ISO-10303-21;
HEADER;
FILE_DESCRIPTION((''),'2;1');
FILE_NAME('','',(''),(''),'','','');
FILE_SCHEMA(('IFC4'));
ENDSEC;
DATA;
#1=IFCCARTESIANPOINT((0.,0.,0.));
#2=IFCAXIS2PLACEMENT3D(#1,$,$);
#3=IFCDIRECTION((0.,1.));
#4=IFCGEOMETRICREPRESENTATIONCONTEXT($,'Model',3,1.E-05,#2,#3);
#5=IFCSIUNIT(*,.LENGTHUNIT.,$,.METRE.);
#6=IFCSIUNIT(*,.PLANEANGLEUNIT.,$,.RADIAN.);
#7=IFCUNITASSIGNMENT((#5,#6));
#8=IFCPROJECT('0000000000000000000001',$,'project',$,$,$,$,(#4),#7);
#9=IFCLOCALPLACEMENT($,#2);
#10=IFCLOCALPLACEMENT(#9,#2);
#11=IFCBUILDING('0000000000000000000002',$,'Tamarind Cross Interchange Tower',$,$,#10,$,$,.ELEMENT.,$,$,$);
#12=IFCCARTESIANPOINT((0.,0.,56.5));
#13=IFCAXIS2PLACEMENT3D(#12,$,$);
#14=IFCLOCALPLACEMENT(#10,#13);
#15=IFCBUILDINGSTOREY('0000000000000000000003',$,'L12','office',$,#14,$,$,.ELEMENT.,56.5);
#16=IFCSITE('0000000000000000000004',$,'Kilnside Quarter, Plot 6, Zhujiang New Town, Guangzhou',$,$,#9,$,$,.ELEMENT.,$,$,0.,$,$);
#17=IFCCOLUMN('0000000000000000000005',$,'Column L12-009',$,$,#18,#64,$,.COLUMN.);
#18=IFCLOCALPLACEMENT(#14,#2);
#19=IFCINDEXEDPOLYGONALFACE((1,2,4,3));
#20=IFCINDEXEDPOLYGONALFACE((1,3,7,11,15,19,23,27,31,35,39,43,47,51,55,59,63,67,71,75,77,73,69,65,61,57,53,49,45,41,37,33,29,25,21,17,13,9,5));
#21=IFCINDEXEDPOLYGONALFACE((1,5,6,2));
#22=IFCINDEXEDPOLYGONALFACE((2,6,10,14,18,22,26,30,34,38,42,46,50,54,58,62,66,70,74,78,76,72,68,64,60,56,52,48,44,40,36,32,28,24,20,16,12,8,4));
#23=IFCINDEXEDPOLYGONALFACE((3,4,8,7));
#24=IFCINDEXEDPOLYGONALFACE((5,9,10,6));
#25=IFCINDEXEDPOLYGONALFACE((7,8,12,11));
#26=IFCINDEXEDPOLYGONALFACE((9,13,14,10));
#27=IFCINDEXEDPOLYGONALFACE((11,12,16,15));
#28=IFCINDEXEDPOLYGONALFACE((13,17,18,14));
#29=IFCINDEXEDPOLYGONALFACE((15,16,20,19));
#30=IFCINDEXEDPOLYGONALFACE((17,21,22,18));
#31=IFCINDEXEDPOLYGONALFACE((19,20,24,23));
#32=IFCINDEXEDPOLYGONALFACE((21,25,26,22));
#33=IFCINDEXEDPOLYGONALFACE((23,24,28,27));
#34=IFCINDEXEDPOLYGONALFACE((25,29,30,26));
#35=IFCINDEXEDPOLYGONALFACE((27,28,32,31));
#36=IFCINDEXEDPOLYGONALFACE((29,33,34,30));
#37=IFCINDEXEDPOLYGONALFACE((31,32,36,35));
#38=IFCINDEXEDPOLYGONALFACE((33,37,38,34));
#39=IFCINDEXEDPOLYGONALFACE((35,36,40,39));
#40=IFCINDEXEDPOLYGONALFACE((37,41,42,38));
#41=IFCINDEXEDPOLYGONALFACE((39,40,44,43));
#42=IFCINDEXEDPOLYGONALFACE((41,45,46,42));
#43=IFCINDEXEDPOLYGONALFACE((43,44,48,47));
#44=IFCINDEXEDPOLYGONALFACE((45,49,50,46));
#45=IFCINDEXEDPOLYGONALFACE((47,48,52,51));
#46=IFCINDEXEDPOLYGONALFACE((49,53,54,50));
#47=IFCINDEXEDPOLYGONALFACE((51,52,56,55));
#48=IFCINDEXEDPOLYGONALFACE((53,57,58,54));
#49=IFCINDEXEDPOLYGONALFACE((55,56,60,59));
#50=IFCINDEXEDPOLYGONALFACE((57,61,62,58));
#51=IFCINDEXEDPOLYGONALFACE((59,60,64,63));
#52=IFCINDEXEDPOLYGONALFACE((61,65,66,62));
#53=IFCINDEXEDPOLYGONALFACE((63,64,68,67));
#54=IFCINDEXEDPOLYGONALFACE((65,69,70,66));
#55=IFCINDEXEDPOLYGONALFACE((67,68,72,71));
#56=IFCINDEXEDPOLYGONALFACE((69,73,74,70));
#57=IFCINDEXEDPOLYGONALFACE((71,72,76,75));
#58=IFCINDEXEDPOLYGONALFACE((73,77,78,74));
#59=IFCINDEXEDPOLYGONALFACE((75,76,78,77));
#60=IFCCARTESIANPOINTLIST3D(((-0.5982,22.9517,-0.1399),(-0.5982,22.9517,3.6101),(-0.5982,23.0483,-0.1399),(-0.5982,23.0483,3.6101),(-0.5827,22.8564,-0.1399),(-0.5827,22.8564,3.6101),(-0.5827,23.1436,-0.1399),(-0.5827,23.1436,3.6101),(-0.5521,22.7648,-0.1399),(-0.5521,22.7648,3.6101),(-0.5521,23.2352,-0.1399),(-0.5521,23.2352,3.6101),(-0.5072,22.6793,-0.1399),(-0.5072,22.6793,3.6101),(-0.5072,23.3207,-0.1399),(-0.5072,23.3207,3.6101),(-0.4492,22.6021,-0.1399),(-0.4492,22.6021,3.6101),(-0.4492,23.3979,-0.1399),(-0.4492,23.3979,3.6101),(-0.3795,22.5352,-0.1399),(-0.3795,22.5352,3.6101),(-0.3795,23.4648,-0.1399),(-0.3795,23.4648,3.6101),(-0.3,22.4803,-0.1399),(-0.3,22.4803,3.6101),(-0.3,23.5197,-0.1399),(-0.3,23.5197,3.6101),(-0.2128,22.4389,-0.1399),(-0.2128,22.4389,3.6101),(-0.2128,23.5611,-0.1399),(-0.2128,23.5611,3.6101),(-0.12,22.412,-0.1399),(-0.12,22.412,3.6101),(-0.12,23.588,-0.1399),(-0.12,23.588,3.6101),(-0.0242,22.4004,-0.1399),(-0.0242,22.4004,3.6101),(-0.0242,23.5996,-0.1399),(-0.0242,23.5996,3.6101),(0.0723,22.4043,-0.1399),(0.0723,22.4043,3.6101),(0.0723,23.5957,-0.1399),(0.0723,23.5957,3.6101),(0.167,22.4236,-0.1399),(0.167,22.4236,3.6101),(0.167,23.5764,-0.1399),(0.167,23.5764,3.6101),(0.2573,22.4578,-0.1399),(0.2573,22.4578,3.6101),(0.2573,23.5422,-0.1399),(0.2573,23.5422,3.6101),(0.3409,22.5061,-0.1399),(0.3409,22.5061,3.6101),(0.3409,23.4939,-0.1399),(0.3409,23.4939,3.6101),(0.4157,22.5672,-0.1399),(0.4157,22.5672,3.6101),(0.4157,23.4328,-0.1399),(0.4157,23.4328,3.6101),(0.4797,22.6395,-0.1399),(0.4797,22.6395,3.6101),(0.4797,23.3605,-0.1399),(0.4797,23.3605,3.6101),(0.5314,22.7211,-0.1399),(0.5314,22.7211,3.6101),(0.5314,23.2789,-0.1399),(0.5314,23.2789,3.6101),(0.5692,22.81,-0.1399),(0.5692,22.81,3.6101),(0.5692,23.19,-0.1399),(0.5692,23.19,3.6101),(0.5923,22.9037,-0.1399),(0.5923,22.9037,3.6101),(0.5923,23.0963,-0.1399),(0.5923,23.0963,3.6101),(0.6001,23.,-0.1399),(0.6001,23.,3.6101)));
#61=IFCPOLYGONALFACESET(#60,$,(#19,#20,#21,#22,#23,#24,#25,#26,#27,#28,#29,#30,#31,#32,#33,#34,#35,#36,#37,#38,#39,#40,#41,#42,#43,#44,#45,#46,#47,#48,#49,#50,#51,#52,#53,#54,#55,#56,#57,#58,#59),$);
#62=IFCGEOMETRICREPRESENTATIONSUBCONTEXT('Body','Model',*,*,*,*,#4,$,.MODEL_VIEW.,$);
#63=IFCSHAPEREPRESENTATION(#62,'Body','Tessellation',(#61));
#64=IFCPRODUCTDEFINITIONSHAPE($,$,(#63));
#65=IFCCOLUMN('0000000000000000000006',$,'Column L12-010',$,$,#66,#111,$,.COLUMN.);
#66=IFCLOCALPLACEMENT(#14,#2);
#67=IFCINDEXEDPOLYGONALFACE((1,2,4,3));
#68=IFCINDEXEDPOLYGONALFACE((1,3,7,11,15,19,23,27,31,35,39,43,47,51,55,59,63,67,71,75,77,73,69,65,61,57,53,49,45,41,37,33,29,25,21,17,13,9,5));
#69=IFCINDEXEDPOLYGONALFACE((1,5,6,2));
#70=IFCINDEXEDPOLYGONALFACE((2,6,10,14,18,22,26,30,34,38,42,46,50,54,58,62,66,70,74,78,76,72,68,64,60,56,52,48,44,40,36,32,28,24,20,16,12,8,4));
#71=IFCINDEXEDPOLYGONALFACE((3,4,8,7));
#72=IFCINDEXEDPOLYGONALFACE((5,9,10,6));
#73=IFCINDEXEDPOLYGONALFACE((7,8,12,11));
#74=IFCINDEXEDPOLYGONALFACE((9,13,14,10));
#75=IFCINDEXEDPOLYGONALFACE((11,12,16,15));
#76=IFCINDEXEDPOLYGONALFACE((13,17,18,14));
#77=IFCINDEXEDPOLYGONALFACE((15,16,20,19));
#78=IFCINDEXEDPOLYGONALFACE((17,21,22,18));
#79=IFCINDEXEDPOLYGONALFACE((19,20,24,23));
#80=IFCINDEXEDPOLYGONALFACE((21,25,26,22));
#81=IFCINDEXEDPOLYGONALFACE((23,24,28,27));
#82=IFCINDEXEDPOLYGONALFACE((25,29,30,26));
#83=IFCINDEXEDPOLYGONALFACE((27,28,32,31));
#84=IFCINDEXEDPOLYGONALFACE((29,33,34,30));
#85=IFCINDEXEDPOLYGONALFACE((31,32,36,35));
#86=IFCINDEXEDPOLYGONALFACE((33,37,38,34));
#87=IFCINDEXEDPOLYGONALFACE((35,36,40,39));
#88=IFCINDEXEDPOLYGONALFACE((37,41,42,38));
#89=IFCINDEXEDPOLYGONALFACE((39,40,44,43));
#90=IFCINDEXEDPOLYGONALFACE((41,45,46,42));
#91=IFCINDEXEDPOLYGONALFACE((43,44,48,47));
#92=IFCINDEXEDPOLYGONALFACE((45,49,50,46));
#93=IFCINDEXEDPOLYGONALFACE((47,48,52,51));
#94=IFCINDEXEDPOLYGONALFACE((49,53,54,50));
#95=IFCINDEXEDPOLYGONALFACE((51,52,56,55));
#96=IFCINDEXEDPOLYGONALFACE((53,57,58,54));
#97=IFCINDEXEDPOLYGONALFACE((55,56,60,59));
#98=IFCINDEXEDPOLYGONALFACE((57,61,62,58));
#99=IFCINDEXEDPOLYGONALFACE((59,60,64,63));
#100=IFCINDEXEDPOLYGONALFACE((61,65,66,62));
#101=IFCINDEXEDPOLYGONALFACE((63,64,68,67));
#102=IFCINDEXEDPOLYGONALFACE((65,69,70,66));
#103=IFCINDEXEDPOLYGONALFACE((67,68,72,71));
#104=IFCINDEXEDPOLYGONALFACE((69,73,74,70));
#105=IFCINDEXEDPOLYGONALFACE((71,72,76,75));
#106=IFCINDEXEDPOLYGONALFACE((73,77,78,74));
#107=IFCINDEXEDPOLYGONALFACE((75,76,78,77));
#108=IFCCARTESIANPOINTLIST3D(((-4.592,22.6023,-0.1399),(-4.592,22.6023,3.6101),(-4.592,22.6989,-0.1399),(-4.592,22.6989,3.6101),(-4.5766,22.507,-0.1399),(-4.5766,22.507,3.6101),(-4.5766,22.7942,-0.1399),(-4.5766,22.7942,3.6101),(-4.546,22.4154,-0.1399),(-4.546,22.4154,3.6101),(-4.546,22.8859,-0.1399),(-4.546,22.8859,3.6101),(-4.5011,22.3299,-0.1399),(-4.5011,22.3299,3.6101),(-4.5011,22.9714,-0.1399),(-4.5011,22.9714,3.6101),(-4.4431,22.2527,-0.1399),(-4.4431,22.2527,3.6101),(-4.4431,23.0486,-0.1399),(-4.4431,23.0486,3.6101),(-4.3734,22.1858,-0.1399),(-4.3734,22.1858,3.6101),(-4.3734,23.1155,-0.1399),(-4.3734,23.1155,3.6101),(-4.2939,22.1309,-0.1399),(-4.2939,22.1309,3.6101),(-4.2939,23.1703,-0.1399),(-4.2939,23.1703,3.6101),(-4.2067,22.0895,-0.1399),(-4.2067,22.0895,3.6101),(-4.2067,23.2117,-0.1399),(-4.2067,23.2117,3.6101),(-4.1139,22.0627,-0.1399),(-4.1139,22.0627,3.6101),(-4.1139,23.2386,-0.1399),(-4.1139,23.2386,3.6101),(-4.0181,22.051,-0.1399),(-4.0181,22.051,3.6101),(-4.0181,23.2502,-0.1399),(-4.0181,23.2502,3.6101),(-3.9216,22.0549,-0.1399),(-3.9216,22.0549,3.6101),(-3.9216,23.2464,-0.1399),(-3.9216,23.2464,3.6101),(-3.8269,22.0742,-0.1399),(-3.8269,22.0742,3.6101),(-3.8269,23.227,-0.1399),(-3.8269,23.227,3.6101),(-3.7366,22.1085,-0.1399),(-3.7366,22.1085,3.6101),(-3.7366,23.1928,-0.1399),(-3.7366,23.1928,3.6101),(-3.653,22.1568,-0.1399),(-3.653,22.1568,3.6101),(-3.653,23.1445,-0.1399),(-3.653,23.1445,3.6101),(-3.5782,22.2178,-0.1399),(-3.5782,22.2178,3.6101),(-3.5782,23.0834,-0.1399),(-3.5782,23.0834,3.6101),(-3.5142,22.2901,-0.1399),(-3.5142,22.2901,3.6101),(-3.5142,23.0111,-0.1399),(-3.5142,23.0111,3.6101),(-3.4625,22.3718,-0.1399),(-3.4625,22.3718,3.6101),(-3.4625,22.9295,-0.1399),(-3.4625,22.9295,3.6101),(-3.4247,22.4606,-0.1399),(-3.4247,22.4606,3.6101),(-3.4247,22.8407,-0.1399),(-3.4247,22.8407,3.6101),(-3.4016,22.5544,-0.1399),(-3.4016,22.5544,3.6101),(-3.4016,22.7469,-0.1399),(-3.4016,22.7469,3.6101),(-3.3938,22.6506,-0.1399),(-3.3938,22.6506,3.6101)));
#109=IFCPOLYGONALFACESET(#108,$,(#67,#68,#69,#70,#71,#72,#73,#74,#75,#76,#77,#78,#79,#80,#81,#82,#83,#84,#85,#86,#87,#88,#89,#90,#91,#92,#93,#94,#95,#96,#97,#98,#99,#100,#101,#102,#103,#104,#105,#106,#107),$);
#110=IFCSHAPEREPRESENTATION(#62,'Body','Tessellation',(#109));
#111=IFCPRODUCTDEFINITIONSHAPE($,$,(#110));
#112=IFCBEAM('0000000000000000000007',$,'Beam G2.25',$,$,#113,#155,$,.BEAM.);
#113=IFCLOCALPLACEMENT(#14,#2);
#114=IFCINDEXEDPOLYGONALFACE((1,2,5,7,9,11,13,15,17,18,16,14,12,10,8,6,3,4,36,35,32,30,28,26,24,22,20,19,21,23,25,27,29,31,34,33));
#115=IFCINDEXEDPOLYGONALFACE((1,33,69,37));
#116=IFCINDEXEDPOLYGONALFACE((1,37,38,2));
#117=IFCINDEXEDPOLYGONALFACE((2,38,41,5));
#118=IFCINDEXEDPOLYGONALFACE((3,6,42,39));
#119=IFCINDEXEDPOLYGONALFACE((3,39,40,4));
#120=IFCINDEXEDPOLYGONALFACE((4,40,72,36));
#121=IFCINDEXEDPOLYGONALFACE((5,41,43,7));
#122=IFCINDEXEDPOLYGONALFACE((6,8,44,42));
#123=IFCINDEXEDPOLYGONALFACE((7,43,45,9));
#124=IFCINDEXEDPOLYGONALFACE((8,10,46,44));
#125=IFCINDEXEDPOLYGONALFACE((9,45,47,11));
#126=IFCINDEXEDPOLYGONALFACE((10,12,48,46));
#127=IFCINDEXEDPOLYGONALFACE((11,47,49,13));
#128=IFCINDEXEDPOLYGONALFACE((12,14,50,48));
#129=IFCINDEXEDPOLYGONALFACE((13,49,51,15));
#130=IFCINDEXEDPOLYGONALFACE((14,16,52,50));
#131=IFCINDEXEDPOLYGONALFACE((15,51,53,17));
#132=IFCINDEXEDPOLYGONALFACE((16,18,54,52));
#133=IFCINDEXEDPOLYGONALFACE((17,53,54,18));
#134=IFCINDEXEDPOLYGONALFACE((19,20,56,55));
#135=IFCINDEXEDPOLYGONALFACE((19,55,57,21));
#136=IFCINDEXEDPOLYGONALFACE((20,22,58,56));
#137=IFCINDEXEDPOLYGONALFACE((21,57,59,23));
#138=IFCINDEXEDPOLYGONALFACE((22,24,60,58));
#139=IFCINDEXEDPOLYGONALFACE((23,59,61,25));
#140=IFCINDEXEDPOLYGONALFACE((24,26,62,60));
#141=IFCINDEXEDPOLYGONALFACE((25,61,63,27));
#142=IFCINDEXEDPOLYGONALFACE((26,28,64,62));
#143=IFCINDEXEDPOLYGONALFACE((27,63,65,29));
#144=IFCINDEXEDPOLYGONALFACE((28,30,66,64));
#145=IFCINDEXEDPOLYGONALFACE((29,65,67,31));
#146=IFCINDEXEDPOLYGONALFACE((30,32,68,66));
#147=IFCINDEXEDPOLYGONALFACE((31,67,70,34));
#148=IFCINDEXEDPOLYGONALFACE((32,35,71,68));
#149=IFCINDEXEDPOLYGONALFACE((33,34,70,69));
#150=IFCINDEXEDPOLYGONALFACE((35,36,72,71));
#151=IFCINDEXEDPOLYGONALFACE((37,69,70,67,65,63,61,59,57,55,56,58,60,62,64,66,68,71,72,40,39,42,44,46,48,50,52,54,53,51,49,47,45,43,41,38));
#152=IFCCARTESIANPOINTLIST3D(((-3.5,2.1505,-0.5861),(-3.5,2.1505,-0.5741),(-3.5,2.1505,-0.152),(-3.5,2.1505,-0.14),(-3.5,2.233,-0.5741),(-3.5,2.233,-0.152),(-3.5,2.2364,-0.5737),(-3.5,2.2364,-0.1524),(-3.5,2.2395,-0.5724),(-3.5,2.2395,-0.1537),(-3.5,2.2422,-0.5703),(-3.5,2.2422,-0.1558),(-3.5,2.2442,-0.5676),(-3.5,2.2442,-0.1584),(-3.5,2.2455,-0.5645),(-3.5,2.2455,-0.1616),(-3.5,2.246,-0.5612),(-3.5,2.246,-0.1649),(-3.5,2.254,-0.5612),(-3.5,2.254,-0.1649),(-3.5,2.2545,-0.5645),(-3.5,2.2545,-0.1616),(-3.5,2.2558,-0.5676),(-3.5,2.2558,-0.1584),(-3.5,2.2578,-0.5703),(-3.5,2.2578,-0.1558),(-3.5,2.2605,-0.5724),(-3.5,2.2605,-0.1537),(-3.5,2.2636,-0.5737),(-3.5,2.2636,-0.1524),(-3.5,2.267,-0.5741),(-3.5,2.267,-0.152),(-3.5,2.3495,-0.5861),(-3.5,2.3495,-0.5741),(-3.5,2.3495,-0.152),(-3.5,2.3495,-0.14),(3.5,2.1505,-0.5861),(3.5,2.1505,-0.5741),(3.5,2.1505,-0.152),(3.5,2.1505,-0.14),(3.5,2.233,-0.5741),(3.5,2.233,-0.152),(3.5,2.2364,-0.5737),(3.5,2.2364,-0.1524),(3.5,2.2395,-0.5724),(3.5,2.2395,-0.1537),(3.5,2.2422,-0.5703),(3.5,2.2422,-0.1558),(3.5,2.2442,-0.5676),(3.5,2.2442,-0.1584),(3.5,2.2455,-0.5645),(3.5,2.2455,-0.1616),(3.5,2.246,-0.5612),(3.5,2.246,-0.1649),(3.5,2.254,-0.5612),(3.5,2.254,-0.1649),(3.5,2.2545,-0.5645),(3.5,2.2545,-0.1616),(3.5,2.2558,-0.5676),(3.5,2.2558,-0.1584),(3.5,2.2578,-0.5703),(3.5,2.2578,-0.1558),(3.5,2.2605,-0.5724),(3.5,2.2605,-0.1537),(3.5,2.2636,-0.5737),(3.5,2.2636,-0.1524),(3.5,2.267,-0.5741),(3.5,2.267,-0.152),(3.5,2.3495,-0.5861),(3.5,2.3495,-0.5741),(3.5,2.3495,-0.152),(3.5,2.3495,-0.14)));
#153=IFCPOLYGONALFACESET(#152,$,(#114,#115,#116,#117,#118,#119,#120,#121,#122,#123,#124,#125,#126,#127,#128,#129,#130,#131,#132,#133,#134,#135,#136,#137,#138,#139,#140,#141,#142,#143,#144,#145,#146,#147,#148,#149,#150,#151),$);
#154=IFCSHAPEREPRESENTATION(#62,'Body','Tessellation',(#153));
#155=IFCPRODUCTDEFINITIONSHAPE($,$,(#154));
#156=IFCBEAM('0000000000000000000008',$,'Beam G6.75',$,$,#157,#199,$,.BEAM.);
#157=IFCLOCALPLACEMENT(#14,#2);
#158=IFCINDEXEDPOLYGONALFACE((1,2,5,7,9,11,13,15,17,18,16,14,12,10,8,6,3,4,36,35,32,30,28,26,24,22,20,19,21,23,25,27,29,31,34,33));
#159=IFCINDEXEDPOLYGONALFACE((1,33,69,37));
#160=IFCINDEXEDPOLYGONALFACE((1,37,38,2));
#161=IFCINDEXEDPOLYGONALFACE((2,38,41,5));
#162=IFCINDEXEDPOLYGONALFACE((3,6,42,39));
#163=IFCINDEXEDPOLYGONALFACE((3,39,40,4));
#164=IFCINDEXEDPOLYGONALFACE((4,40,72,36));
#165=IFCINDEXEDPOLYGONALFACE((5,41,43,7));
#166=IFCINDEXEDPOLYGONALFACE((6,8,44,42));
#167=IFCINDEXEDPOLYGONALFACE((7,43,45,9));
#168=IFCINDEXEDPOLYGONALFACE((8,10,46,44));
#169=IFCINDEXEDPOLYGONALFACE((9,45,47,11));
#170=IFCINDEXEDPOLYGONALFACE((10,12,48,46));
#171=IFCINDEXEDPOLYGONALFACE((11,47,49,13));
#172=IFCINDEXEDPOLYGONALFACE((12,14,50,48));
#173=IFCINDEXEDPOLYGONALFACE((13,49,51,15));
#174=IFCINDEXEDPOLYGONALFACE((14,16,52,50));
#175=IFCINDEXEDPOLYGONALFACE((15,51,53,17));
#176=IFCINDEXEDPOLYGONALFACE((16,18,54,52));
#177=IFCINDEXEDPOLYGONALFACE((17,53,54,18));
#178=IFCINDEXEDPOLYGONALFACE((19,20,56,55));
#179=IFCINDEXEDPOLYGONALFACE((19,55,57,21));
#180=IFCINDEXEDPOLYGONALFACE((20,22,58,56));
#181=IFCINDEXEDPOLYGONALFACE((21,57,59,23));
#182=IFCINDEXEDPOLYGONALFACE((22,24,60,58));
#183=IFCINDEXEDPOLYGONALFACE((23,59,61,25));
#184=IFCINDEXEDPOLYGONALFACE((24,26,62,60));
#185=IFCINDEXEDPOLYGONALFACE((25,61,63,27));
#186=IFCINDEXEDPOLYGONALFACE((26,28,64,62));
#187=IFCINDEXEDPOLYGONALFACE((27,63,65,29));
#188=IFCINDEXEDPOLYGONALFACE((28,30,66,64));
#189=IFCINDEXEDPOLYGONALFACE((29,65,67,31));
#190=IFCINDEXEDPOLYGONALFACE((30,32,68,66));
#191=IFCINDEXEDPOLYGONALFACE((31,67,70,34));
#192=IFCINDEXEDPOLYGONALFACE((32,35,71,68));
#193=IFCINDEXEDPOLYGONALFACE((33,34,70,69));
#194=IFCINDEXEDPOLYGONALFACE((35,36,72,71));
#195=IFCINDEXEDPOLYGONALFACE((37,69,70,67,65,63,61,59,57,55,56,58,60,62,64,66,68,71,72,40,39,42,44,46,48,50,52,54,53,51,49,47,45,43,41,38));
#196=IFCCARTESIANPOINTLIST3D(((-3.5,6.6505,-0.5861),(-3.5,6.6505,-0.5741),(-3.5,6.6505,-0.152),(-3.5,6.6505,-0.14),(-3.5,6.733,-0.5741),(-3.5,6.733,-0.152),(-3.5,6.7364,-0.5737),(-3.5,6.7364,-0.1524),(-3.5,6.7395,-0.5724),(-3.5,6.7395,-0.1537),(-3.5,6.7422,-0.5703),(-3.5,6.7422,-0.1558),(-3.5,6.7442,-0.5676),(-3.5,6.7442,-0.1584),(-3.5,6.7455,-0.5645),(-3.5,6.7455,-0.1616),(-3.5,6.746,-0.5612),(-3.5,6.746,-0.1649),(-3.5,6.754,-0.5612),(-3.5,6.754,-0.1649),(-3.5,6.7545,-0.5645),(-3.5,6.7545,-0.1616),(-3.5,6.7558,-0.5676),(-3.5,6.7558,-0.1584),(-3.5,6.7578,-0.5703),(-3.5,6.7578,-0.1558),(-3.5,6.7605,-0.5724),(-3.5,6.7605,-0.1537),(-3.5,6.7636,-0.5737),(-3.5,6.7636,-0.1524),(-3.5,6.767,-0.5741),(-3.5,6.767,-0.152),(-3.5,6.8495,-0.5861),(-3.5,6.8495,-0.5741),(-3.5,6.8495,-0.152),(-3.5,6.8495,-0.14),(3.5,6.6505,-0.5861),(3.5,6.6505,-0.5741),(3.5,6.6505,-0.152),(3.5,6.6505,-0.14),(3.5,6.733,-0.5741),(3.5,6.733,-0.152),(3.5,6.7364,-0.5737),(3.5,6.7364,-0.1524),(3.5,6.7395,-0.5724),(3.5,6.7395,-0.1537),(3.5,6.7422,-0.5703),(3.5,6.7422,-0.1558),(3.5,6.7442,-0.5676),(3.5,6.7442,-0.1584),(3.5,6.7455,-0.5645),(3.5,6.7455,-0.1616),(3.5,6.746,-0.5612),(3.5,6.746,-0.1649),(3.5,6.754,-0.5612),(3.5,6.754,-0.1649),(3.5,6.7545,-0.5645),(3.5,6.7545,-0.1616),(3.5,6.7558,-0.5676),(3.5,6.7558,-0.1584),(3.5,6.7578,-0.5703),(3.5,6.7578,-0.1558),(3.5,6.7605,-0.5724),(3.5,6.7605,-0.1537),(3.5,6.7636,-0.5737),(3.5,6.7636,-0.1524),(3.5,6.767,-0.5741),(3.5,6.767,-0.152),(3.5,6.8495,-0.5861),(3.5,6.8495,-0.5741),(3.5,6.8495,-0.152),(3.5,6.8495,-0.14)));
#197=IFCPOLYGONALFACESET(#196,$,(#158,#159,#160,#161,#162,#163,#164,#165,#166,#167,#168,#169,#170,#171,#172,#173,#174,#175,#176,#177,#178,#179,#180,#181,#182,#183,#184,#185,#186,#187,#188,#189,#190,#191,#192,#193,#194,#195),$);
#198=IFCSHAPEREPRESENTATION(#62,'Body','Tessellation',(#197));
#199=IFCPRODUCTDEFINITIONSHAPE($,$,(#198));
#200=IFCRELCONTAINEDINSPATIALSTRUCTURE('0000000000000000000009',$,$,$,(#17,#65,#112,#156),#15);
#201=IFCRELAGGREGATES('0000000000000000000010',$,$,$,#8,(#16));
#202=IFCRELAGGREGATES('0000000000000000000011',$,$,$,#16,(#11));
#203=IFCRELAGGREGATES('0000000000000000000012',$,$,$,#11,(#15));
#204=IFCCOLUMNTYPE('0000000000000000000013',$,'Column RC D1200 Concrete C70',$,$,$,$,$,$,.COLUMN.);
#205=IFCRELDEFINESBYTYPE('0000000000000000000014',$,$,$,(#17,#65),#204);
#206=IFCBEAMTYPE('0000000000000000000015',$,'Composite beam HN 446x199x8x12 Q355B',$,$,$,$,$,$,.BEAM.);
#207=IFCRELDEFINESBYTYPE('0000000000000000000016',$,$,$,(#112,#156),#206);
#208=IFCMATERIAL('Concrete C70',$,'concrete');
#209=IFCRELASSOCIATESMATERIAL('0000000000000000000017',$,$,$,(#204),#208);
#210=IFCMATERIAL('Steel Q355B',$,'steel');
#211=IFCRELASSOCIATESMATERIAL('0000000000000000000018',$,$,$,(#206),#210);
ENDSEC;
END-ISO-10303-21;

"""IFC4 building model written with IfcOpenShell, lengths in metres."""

from ifc_helpers import new_model, si_unit, direction, frame, origin, origin_2d, place, context, subcontext, project, spatial, circle, i_section, extrude, material, material_profile, profile_set, type_object, element, save


model = new_model("IFC4")

# Units and contexts
model_context = context("Model", 3, precision=1e-05, world=origin(), true_north=direction((0.0, 1.0)))
body_context = subcontext(model_context, "Body", "Model", "MODEL_VIEW")
ifc_project = project(units=[si_unit("LENGTHUNIT", "METRE"), si_unit("PLANEANGLEUNIT", "RADIAN")], contexts=[model_context])

# Site, building, storey
site_placement = place(None, origin())
site = spatial("IfcSite", under=ifc_project, at=site_placement, Name="Kilnside Quarter, Plot 6, Zhujiang New Town, Guangzhou", CompositionType="ELEMENT", RefElevation=0.0)
building_placement = place(site_placement, origin())
building = spatial("IfcBuilding", under=site, at=building_placement, Name="Tamarind Cross Interchange Tower", CompositionType="ELEMENT")
storey_placement = place(building_placement, frame((0.0, 0.0, 56.5)))
storey = spatial("IfcBuildingStorey", under=building, at=storey_placement, Name="L12", Description="office", CompositionType="ELEMENT", Elevation=56.5)

# Columns
ifc_material_1 = material(Name="Concrete C70", Category="concrete")
ifc_material_profile_1 = material_profile(ifc_material_1, circle(Radius=0.6001, at=origin_2d()), Name="RC D1200")
ifc_profile_set_1 = profile_set([ifc_material_profile_1], Name="Concrete C70")
column_type = type_object("IfcColumnType", Name="Column RC D1200 Concrete C70", PredefinedType="COLUMN", material=ifc_profile_set_1)
for number, where, z_axis, x_axis, name in (
    (1, (0.0, 23.0, -0.1399), (0.0, 0.0, 1.0), (1.0, 0.0, 0.0), "Column L12-009"),
    (2, (-3.9939, 22.6506, -0.1399), (0.0, 0.0, 1.0), (1.0, 0.0, 0.0), "Column L12-010"),
):
    element("IfcColumn", number, at=place(storey_placement, frame(where, z_axis=z_axis, x_axis=x_axis)), inside=storey, type_object=column_type, Name=name, PredefinedType="COLUMN", context=body_context, shape_type="SweptSolid", body=[
        extrude(circle(Radius=0.6001, at=origin_2d()), origin(), (0.0, 0.0, 1.0), 3.75),
    ])

# Beams
ifc_material_2 = material(Name="Steel Q355B", Category="steel")
ifc_material_profile_2 = material_profile(ifc_material_2, i_section(OverallWidth=0.199, OverallDepth=0.446, WebThickness=0.0081, FlangeThickness=0.012, FilletRadius=0.0129, at=origin_2d()), Name="HN 446x199x8x12")
ifc_profile_set_2 = profile_set([ifc_material_profile_2], Name="Steel Q355B")
beam_type_1 = type_object("IfcBeamType", Name="Composite beam HN 446x199x8x12 Q355B", PredefinedType="BEAM", material=ifc_profile_set_2)
for number, where, z_axis, x_axis, name in (
    (3, (-3.5, 2.25, -0.363), (1.0, 0.0, 0.0), (0.0, 1.0, 0.0), "Beam G2.25"),
    (4, (-3.5, 6.75, -0.363), (1.0, 0.0, 0.0), (0.0, 1.0, 0.0), "Beam G6.75"),
):
    element("IfcBeam", number, at=place(storey_placement, frame(where, z_axis=z_axis, x_axis=x_axis)), inside=storey, type_object=beam_type_1, Name=name, PredefinedType="BEAM", context=body_context, shape_type="SweptSolid", body=[
        extrude(i_section(OverallWidth=0.199, OverallDepth=0.446, WebThickness=0.0081, FlangeThickness=0.012, FilletRadius=0.0129, at=origin_2d()), origin(), (0.0, 0.0, 1.0), 7.0),
    ])

save(model, "model.ifc")
